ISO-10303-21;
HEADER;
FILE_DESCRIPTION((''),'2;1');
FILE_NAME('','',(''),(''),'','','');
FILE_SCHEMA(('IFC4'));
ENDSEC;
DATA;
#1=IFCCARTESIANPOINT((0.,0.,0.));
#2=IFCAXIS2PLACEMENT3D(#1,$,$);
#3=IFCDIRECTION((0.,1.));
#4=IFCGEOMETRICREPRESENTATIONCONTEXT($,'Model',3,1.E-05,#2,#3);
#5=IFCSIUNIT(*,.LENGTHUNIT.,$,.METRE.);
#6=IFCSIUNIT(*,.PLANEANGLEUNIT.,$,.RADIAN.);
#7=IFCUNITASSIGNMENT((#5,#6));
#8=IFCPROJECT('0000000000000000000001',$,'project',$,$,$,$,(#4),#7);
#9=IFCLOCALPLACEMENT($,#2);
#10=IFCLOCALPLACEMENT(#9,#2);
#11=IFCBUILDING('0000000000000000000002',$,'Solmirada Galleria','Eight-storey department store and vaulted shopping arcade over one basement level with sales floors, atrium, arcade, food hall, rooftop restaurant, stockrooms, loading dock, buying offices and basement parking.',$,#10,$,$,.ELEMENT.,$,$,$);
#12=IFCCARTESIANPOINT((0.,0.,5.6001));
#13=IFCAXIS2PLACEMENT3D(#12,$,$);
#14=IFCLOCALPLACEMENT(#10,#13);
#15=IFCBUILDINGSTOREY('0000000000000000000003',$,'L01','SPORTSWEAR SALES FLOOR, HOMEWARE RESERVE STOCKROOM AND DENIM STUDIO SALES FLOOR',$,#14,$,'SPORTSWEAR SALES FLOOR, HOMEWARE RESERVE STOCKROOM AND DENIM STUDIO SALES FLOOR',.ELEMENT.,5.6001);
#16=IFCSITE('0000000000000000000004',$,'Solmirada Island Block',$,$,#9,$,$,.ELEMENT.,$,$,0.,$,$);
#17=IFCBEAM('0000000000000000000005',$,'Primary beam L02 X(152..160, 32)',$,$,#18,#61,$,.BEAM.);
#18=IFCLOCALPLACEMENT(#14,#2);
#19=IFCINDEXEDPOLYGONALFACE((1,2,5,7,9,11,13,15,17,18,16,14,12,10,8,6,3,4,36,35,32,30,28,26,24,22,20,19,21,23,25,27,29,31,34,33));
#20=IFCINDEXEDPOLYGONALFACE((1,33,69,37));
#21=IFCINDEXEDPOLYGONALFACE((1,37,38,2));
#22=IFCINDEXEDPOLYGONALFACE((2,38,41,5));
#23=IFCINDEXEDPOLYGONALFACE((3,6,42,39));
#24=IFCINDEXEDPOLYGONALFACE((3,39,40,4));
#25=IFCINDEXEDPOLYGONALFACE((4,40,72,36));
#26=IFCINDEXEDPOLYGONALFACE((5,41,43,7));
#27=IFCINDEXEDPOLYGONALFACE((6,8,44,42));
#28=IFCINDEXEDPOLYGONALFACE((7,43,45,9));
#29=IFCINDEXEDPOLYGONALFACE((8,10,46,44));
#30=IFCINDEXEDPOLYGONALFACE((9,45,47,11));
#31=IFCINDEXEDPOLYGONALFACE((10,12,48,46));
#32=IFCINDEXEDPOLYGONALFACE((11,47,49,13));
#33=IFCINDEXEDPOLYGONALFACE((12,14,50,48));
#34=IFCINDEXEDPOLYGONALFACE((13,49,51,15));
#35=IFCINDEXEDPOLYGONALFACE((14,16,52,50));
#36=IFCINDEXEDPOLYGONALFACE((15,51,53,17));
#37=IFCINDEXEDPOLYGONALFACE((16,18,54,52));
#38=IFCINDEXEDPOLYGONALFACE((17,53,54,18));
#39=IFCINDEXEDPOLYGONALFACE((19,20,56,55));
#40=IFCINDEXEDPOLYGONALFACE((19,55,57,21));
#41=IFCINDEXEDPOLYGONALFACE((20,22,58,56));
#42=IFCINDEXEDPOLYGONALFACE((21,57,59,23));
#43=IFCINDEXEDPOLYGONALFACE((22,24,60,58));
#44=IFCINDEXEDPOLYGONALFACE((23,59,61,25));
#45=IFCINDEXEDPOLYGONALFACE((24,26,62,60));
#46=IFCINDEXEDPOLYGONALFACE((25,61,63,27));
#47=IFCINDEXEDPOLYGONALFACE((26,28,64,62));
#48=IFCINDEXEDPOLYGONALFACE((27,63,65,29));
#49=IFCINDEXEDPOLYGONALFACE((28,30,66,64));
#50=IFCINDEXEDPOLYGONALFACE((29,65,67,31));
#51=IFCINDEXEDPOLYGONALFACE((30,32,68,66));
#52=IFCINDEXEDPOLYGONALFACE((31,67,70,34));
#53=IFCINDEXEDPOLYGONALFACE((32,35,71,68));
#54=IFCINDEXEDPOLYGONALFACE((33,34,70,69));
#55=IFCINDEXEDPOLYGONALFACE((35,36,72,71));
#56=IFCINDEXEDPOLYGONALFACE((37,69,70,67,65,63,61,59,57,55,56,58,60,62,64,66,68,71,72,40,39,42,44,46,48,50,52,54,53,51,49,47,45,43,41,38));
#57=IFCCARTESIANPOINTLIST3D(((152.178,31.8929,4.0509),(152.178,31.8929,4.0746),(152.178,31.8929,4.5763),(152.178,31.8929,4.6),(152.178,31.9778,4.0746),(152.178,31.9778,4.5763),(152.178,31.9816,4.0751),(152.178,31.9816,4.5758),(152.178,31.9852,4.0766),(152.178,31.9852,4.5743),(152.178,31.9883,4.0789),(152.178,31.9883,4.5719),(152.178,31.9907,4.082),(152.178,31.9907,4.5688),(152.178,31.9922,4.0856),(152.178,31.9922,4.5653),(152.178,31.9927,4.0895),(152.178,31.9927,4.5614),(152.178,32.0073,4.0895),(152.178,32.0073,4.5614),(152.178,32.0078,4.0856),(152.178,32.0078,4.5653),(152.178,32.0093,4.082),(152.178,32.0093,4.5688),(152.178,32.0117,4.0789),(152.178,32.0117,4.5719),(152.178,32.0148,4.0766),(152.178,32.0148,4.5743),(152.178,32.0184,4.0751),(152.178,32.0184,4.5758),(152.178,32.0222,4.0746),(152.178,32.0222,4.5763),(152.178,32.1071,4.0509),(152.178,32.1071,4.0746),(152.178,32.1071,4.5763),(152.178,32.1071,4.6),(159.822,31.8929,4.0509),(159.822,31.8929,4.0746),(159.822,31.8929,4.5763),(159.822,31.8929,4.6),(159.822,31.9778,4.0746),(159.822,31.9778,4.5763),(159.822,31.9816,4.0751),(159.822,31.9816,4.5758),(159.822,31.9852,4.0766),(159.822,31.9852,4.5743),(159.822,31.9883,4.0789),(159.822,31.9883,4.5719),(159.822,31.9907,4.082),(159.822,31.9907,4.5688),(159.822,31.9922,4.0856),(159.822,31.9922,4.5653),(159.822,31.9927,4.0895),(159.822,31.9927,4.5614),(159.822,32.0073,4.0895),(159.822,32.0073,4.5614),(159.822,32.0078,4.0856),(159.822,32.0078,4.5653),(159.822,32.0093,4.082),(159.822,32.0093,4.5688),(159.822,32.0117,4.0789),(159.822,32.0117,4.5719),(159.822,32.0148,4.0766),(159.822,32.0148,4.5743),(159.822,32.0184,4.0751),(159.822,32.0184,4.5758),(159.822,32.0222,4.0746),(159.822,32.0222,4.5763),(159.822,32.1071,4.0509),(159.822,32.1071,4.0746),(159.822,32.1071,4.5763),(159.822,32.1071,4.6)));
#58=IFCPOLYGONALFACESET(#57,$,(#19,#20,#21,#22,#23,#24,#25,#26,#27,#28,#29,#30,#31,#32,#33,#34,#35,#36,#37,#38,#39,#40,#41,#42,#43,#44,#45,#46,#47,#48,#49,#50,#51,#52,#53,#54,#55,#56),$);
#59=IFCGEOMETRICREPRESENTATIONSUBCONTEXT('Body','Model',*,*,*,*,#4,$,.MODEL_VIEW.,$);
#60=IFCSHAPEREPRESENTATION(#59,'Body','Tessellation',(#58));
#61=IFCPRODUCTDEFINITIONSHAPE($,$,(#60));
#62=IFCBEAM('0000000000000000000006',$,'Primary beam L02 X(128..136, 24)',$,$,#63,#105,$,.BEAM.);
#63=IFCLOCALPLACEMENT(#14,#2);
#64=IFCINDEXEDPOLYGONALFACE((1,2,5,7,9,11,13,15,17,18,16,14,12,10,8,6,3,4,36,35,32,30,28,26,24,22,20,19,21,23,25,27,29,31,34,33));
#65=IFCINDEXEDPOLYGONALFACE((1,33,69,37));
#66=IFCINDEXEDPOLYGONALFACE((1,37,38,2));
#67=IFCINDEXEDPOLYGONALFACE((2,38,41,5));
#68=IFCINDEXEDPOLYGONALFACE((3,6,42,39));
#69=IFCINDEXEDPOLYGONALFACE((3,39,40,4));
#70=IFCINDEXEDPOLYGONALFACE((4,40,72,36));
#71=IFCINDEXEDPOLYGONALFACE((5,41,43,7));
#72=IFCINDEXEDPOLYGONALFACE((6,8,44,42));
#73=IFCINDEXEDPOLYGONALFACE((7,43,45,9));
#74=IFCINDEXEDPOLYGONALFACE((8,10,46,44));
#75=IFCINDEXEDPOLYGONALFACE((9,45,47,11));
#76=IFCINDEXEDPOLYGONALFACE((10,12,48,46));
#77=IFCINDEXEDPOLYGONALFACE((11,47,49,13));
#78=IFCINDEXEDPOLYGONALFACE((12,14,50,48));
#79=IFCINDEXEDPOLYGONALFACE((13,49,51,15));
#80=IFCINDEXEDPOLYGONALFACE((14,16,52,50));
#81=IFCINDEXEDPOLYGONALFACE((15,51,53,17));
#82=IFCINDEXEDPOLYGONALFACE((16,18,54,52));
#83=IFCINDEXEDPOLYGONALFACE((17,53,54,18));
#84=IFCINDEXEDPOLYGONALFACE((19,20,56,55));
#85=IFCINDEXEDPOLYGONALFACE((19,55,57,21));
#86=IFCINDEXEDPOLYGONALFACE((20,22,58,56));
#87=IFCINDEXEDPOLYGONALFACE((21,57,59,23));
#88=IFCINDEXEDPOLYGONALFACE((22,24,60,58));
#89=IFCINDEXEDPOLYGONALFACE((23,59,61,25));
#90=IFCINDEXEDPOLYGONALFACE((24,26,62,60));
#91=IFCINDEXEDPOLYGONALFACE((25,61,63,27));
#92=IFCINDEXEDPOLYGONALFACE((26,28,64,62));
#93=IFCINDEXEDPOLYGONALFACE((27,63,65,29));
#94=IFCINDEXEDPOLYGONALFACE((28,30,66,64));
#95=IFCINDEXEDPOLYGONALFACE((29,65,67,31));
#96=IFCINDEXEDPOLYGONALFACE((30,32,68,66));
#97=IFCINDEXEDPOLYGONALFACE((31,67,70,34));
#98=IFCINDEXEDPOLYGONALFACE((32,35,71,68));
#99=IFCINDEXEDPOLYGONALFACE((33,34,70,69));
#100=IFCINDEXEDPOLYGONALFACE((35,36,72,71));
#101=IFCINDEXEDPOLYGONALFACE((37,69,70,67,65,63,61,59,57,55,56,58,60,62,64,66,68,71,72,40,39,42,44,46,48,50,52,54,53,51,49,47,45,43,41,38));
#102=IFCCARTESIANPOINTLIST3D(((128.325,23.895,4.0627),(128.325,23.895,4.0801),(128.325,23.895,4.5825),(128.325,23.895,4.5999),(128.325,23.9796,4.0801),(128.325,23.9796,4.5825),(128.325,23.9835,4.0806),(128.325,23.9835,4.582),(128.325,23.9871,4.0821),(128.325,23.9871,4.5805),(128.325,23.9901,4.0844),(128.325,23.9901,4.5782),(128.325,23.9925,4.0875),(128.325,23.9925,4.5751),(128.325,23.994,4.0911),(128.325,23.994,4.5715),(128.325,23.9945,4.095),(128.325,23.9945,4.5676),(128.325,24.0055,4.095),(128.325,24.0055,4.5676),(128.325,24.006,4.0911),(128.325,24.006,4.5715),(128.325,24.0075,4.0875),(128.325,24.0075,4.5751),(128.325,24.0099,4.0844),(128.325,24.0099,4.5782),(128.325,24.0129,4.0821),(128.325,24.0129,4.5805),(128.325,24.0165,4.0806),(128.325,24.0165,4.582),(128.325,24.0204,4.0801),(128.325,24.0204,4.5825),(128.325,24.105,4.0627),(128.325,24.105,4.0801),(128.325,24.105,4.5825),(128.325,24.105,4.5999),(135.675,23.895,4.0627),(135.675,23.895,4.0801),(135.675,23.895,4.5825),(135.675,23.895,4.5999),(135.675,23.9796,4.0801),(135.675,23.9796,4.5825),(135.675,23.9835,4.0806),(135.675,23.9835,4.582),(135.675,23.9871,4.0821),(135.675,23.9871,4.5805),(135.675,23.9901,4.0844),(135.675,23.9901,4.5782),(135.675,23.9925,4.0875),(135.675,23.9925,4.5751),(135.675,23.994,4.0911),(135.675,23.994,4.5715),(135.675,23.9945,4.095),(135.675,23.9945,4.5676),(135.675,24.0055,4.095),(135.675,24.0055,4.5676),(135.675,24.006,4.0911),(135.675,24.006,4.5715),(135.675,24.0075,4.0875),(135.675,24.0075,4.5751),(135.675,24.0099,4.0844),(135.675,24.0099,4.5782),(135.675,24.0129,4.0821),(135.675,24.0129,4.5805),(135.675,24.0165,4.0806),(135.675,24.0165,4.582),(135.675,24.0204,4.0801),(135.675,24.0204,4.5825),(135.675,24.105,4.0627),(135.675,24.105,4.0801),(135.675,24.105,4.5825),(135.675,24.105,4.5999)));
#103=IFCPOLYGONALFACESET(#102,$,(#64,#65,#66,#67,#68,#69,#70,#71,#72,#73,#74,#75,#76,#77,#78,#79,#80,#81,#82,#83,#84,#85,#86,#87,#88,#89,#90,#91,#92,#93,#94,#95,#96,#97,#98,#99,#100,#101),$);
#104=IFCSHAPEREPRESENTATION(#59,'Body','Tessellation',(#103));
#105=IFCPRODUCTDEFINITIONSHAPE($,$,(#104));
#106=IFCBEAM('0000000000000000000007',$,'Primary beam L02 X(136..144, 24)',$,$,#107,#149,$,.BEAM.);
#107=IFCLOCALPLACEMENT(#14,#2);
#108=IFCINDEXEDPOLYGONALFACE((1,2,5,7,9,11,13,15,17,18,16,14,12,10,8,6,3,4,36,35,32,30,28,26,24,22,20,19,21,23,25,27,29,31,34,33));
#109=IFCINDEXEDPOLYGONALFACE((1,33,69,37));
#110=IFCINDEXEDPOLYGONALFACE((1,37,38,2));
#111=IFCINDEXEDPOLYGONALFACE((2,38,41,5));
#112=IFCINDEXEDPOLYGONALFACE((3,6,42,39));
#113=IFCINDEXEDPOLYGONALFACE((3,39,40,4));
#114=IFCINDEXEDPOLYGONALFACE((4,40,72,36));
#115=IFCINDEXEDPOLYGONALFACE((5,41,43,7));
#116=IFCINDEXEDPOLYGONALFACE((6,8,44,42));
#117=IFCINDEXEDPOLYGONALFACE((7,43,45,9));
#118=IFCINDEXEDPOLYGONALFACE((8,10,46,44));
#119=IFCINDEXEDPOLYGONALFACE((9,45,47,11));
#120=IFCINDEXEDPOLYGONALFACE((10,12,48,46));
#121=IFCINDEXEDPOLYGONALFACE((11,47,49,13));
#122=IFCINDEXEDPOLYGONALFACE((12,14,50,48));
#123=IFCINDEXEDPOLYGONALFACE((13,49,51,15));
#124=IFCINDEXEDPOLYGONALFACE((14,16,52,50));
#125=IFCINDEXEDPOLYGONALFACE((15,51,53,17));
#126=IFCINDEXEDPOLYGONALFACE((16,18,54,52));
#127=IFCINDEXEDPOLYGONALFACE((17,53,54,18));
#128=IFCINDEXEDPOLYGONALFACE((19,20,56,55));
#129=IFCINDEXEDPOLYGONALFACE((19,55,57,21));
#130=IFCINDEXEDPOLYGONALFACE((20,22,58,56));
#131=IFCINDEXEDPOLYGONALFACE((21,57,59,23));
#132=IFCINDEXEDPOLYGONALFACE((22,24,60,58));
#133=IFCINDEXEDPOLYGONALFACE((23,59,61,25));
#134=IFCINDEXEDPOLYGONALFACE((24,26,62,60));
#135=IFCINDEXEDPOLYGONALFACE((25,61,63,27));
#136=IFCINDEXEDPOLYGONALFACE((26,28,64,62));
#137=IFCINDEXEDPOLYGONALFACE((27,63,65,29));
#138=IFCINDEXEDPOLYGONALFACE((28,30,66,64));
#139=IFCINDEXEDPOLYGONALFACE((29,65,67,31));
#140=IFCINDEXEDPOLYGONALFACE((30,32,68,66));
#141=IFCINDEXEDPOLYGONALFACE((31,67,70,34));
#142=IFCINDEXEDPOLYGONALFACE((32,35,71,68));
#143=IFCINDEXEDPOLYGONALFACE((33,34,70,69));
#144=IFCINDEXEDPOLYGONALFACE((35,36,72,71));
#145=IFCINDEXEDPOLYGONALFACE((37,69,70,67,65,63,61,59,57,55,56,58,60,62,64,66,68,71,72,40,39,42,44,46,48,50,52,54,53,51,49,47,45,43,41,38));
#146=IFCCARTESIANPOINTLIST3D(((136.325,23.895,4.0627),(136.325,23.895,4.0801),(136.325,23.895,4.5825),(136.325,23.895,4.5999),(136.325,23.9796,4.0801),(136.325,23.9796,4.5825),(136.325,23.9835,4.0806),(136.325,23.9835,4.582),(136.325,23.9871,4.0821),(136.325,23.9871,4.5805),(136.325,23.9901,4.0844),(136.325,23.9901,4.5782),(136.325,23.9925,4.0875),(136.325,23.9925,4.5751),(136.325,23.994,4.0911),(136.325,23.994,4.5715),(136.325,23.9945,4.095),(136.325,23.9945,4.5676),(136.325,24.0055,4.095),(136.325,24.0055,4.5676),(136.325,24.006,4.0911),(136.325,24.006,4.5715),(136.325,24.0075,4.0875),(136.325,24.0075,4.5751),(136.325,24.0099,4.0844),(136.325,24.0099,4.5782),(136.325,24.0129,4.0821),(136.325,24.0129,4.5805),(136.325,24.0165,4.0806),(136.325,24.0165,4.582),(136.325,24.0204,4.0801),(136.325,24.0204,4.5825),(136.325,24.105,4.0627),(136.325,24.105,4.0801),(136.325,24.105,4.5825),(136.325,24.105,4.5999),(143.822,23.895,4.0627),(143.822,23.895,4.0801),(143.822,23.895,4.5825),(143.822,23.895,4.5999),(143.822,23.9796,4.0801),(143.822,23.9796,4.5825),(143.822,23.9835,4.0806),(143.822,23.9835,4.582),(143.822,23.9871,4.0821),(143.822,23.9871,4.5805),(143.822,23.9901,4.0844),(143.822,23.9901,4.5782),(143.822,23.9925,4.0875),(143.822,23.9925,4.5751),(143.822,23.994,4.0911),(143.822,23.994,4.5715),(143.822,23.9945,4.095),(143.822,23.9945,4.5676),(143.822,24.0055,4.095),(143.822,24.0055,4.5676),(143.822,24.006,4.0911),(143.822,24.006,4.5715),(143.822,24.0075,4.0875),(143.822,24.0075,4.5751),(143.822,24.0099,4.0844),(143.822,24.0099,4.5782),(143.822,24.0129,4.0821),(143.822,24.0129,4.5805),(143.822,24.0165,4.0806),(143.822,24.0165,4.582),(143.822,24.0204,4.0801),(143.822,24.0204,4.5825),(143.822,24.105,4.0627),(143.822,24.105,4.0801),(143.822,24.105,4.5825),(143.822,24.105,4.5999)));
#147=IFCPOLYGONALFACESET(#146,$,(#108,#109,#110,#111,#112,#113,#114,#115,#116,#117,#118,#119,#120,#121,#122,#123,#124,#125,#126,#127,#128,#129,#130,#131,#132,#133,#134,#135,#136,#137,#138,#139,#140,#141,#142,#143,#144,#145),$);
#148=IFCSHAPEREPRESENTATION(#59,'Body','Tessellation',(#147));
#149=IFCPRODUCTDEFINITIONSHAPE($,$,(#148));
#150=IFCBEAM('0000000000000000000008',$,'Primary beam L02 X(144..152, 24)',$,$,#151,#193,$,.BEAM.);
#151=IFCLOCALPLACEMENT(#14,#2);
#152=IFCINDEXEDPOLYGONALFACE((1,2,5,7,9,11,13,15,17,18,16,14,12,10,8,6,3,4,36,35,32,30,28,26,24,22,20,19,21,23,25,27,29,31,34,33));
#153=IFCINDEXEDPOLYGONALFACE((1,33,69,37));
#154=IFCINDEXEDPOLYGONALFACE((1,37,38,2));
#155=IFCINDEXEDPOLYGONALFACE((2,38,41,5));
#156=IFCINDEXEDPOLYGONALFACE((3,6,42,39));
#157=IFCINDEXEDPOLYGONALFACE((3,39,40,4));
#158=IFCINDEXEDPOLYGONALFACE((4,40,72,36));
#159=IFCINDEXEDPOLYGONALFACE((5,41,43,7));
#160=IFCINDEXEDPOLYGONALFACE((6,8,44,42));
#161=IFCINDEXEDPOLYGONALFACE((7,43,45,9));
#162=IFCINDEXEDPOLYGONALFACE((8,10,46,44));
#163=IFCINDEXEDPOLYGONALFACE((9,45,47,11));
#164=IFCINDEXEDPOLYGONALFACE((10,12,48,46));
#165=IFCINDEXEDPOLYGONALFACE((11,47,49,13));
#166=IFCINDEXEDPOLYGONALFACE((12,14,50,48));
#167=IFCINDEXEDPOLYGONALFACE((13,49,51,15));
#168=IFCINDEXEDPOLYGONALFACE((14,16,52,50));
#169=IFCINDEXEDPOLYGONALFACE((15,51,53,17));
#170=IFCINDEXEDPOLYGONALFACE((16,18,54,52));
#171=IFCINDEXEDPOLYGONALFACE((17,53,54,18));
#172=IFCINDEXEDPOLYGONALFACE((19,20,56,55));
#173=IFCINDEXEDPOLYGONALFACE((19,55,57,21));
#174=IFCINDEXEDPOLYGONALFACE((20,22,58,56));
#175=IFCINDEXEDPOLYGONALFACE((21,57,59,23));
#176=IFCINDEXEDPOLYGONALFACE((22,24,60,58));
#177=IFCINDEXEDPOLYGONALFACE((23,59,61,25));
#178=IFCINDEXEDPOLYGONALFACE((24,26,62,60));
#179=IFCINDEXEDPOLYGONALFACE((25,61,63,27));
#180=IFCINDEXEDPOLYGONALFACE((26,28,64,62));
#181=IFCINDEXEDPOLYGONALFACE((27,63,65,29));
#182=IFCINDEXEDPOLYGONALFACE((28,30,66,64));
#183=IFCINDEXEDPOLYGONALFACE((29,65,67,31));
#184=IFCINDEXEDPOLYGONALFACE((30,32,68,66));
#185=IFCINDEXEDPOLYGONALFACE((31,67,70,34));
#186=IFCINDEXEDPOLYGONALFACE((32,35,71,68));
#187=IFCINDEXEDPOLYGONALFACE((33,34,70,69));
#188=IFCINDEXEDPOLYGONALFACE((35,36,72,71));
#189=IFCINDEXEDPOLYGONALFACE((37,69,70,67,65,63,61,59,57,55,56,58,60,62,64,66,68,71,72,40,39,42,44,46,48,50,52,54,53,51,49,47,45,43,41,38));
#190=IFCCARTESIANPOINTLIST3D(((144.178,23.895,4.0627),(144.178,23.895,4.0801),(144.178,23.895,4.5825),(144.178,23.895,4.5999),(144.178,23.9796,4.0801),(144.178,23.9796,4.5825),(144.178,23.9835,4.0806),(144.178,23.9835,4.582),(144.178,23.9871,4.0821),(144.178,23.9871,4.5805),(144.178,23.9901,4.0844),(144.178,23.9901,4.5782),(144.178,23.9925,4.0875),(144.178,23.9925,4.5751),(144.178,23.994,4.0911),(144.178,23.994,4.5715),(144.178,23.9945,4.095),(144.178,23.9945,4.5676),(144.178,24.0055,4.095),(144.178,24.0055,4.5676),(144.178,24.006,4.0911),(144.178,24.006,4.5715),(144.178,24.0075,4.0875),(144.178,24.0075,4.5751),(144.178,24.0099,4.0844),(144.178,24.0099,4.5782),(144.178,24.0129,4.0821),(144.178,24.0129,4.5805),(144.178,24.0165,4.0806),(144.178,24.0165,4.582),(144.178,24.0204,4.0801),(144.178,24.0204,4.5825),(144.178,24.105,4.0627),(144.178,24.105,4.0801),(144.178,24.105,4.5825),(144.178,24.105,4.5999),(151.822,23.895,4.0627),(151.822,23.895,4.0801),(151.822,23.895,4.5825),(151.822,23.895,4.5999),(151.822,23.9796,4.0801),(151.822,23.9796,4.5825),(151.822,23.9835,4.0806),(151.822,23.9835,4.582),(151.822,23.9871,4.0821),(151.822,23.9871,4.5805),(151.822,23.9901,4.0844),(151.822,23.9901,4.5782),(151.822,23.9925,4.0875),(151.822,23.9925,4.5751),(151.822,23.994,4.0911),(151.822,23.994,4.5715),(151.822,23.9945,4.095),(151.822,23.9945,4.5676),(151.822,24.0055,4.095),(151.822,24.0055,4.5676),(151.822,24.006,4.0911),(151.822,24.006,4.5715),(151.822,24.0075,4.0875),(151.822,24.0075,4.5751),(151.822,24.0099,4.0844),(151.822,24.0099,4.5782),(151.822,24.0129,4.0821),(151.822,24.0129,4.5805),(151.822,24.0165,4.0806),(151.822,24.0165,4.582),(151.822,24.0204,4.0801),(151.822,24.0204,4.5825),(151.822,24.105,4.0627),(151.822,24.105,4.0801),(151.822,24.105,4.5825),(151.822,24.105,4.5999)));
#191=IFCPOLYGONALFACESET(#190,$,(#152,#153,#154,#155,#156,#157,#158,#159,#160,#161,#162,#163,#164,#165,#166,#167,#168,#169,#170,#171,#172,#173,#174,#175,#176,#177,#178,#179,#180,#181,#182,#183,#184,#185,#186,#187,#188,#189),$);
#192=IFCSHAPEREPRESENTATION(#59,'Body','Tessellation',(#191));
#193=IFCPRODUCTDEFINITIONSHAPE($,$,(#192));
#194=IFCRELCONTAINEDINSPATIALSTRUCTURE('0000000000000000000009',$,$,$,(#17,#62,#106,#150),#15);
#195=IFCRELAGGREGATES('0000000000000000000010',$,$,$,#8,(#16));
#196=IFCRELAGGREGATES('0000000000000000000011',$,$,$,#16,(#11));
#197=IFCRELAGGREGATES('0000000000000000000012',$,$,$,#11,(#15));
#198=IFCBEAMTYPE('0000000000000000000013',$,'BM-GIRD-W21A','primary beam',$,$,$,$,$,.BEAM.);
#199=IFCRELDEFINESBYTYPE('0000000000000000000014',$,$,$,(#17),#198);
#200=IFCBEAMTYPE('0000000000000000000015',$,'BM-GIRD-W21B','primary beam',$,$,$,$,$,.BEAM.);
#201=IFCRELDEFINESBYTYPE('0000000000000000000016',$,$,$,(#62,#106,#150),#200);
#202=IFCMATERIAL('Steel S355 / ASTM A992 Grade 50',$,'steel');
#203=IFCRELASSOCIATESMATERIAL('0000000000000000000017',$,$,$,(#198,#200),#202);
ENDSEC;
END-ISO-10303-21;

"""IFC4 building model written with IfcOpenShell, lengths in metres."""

from ifc_helpers import new_model, si_unit, direction, frame, origin, origin_2d, place, context, subcontext, project, spatial, i_section, extrude, material, material_profile, profile_set, type_object, element, save


model = new_model("IFC4")

# Units and contexts
model_context = context("Model", 3, precision=1e-05, world=origin(), true_north=direction((0.0, 1.0)))
body_context = subcontext(model_context, "Body", "Model", "MODEL_VIEW")
ifc_project = project(units=[si_unit("LENGTHUNIT", "METRE"), si_unit("PLANEANGLEUNIT", "RADIAN")], contexts=[model_context])

# Site, building, storey
site_placement = place(None, origin())
site = spatial("IfcSite", under=ifc_project, at=site_placement, Name="Solmirada Island Block", CompositionType="ELEMENT", RefElevation=0.0)
building_placement = place(site_placement, origin())
building = spatial("IfcBuilding", under=site, at=building_placement, Name="Solmirada Galleria", Description="Eight-storey department store and vaulted shopping arcade over one basement level with sales floors, atrium, arcade, food hall, rooftop restaurant, stockrooms, loading dock, buying offices and basement parking.", CompositionType="ELEMENT")
storey_placement = place(building_placement, frame((0.0, 0.0, 5.6001)))
storey = spatial("IfcBuildingStorey", under=building, at=storey_placement, Name="L01", Description="SPORTSWEAR SALES FLOOR, HOMEWARE RESERVE STOCKROOM AND DENIM STUDIO SALES FLOOR", LongName="SPORTSWEAR SALES FLOOR, HOMEWARE RESERVE STOCKROOM AND DENIM STUDIO SALES FLOOR", CompositionType="ELEMENT", Elevation=5.6001)

# Beams
ifc_material_1 = material(Name="Steel S355 / ASTM A992 Grade 50", Category="steel")
ifc_material_profile_1 = material_profile(ifc_material_1, i_section(OverallWidth=0.2141, OverallDepth=0.5491, WebThickness=0.0146, FlangeThickness=0.0237, FilletRadius=0.0149, at=origin_2d()), Name="W21X93")
ifc_profile_set_1 = profile_set([ifc_material_profile_1], Name="Steel S355 / ASTM A992 Grade 50")
beam_type_1 = type_object("IfcBeamType", Name="BM-GIRD-W21A", Description="primary beam", PredefinedType="BEAM", material=ifc_profile_set_1)
beam_1_placement = place(storey_placement, frame((152.178, 32.0, 4.3254), z_axis=(1.0, 0.0, 0.0), x_axis=(0.0, 1.0, 0.0)))
element("IfcBeam", 1, at=beam_1_placement, inside=storey, type_object=beam_type_1, Name="Primary beam L02 X(152..160, 32)", PredefinedType="BEAM", context=body_context, shape_type="SweptSolid", body=[
    extrude(i_section(OverallWidth=0.2141, OverallDepth=0.5491, WebThickness=0.0146, FlangeThickness=0.0237, FilletRadius=0.0149, at=origin_2d()), origin(), (0.0, 0.0, 1.0), 7.644),
])
ifc_material_profile_2 = material_profile(ifc_material_1, i_section(OverallWidth=0.21, OverallDepth=0.5371, WebThickness=0.011, FlangeThickness=0.0173, FilletRadius=0.0149, at=origin_2d()), Name="W21X68")
ifc_profile_set_2 = profile_set([ifc_material_profile_2], Name="Steel S355 / ASTM A992 Grade 50")
beam_type_2 = type_object("IfcBeamType", Name="BM-GIRD-W21B", Description="primary beam", PredefinedType="BEAM", material=ifc_profile_set_2)
beam_2_placement = place(storey_placement, frame((128.325, 24.0, 4.3313), z_axis=(1.0, 0.0, 0.0), x_axis=(0.0, 1.0, 0.0)))
element("IfcBeam", 2, at=beam_2_placement, inside=storey, type_object=beam_type_2, Name="Primary beam L02 X(128..136, 24)", PredefinedType="BEAM", context=body_context, shape_type="SweptSolid", body=[
    extrude(i_section(OverallWidth=0.21, OverallDepth=0.5371, WebThickness=0.011, FlangeThickness=0.0173, FilletRadius=0.0149, at=origin_2d()), origin(), (0.0, 0.0, 1.0), 7.3501),
])
beam_3_placement = place(storey_placement, frame((136.325, 24.0, 4.3313), z_axis=(1.0, 0.0, 0.0), x_axis=(0.0, 1.0, 0.0)))
element("IfcBeam", 3, at=beam_3_placement, inside=storey, type_object=beam_type_2, Name="Primary beam L02 X(136..144, 24)", PredefinedType="BEAM", context=body_context, shape_type="SweptSolid", body=[
    extrude(i_section(OverallWidth=0.21, OverallDepth=0.5371, WebThickness=0.011, FlangeThickness=0.0173, FilletRadius=0.0149, at=origin_2d()), origin(), (0.0, 0.0, 1.0), 7.4971),
])
for number, where, z_axis, x_axis, name in (
    (4, (144.178, 24.0, 4.3313), (1.0, 0.0, 0.0), (0.0, 1.0, 0.0), "Primary beam L02 X(144..152, 24)"),
):
    element("IfcBeam", number, at=place(storey_placement, frame(where, z_axis=z_axis, x_axis=x_axis)), inside=storey, type_object=beam_type_2, Name=name, PredefinedType="BEAM", context=body_context, shape_type="SweptSolid", body=[
        extrude(i_section(OverallWidth=0.21, OverallDepth=0.5371, WebThickness=0.011, FlangeThickness=0.0173, FilletRadius=0.0149, at=origin_2d()), origin(), (0.0, 0.0, 1.0), 7.644),
    ])

save(model, "model.ifc")
